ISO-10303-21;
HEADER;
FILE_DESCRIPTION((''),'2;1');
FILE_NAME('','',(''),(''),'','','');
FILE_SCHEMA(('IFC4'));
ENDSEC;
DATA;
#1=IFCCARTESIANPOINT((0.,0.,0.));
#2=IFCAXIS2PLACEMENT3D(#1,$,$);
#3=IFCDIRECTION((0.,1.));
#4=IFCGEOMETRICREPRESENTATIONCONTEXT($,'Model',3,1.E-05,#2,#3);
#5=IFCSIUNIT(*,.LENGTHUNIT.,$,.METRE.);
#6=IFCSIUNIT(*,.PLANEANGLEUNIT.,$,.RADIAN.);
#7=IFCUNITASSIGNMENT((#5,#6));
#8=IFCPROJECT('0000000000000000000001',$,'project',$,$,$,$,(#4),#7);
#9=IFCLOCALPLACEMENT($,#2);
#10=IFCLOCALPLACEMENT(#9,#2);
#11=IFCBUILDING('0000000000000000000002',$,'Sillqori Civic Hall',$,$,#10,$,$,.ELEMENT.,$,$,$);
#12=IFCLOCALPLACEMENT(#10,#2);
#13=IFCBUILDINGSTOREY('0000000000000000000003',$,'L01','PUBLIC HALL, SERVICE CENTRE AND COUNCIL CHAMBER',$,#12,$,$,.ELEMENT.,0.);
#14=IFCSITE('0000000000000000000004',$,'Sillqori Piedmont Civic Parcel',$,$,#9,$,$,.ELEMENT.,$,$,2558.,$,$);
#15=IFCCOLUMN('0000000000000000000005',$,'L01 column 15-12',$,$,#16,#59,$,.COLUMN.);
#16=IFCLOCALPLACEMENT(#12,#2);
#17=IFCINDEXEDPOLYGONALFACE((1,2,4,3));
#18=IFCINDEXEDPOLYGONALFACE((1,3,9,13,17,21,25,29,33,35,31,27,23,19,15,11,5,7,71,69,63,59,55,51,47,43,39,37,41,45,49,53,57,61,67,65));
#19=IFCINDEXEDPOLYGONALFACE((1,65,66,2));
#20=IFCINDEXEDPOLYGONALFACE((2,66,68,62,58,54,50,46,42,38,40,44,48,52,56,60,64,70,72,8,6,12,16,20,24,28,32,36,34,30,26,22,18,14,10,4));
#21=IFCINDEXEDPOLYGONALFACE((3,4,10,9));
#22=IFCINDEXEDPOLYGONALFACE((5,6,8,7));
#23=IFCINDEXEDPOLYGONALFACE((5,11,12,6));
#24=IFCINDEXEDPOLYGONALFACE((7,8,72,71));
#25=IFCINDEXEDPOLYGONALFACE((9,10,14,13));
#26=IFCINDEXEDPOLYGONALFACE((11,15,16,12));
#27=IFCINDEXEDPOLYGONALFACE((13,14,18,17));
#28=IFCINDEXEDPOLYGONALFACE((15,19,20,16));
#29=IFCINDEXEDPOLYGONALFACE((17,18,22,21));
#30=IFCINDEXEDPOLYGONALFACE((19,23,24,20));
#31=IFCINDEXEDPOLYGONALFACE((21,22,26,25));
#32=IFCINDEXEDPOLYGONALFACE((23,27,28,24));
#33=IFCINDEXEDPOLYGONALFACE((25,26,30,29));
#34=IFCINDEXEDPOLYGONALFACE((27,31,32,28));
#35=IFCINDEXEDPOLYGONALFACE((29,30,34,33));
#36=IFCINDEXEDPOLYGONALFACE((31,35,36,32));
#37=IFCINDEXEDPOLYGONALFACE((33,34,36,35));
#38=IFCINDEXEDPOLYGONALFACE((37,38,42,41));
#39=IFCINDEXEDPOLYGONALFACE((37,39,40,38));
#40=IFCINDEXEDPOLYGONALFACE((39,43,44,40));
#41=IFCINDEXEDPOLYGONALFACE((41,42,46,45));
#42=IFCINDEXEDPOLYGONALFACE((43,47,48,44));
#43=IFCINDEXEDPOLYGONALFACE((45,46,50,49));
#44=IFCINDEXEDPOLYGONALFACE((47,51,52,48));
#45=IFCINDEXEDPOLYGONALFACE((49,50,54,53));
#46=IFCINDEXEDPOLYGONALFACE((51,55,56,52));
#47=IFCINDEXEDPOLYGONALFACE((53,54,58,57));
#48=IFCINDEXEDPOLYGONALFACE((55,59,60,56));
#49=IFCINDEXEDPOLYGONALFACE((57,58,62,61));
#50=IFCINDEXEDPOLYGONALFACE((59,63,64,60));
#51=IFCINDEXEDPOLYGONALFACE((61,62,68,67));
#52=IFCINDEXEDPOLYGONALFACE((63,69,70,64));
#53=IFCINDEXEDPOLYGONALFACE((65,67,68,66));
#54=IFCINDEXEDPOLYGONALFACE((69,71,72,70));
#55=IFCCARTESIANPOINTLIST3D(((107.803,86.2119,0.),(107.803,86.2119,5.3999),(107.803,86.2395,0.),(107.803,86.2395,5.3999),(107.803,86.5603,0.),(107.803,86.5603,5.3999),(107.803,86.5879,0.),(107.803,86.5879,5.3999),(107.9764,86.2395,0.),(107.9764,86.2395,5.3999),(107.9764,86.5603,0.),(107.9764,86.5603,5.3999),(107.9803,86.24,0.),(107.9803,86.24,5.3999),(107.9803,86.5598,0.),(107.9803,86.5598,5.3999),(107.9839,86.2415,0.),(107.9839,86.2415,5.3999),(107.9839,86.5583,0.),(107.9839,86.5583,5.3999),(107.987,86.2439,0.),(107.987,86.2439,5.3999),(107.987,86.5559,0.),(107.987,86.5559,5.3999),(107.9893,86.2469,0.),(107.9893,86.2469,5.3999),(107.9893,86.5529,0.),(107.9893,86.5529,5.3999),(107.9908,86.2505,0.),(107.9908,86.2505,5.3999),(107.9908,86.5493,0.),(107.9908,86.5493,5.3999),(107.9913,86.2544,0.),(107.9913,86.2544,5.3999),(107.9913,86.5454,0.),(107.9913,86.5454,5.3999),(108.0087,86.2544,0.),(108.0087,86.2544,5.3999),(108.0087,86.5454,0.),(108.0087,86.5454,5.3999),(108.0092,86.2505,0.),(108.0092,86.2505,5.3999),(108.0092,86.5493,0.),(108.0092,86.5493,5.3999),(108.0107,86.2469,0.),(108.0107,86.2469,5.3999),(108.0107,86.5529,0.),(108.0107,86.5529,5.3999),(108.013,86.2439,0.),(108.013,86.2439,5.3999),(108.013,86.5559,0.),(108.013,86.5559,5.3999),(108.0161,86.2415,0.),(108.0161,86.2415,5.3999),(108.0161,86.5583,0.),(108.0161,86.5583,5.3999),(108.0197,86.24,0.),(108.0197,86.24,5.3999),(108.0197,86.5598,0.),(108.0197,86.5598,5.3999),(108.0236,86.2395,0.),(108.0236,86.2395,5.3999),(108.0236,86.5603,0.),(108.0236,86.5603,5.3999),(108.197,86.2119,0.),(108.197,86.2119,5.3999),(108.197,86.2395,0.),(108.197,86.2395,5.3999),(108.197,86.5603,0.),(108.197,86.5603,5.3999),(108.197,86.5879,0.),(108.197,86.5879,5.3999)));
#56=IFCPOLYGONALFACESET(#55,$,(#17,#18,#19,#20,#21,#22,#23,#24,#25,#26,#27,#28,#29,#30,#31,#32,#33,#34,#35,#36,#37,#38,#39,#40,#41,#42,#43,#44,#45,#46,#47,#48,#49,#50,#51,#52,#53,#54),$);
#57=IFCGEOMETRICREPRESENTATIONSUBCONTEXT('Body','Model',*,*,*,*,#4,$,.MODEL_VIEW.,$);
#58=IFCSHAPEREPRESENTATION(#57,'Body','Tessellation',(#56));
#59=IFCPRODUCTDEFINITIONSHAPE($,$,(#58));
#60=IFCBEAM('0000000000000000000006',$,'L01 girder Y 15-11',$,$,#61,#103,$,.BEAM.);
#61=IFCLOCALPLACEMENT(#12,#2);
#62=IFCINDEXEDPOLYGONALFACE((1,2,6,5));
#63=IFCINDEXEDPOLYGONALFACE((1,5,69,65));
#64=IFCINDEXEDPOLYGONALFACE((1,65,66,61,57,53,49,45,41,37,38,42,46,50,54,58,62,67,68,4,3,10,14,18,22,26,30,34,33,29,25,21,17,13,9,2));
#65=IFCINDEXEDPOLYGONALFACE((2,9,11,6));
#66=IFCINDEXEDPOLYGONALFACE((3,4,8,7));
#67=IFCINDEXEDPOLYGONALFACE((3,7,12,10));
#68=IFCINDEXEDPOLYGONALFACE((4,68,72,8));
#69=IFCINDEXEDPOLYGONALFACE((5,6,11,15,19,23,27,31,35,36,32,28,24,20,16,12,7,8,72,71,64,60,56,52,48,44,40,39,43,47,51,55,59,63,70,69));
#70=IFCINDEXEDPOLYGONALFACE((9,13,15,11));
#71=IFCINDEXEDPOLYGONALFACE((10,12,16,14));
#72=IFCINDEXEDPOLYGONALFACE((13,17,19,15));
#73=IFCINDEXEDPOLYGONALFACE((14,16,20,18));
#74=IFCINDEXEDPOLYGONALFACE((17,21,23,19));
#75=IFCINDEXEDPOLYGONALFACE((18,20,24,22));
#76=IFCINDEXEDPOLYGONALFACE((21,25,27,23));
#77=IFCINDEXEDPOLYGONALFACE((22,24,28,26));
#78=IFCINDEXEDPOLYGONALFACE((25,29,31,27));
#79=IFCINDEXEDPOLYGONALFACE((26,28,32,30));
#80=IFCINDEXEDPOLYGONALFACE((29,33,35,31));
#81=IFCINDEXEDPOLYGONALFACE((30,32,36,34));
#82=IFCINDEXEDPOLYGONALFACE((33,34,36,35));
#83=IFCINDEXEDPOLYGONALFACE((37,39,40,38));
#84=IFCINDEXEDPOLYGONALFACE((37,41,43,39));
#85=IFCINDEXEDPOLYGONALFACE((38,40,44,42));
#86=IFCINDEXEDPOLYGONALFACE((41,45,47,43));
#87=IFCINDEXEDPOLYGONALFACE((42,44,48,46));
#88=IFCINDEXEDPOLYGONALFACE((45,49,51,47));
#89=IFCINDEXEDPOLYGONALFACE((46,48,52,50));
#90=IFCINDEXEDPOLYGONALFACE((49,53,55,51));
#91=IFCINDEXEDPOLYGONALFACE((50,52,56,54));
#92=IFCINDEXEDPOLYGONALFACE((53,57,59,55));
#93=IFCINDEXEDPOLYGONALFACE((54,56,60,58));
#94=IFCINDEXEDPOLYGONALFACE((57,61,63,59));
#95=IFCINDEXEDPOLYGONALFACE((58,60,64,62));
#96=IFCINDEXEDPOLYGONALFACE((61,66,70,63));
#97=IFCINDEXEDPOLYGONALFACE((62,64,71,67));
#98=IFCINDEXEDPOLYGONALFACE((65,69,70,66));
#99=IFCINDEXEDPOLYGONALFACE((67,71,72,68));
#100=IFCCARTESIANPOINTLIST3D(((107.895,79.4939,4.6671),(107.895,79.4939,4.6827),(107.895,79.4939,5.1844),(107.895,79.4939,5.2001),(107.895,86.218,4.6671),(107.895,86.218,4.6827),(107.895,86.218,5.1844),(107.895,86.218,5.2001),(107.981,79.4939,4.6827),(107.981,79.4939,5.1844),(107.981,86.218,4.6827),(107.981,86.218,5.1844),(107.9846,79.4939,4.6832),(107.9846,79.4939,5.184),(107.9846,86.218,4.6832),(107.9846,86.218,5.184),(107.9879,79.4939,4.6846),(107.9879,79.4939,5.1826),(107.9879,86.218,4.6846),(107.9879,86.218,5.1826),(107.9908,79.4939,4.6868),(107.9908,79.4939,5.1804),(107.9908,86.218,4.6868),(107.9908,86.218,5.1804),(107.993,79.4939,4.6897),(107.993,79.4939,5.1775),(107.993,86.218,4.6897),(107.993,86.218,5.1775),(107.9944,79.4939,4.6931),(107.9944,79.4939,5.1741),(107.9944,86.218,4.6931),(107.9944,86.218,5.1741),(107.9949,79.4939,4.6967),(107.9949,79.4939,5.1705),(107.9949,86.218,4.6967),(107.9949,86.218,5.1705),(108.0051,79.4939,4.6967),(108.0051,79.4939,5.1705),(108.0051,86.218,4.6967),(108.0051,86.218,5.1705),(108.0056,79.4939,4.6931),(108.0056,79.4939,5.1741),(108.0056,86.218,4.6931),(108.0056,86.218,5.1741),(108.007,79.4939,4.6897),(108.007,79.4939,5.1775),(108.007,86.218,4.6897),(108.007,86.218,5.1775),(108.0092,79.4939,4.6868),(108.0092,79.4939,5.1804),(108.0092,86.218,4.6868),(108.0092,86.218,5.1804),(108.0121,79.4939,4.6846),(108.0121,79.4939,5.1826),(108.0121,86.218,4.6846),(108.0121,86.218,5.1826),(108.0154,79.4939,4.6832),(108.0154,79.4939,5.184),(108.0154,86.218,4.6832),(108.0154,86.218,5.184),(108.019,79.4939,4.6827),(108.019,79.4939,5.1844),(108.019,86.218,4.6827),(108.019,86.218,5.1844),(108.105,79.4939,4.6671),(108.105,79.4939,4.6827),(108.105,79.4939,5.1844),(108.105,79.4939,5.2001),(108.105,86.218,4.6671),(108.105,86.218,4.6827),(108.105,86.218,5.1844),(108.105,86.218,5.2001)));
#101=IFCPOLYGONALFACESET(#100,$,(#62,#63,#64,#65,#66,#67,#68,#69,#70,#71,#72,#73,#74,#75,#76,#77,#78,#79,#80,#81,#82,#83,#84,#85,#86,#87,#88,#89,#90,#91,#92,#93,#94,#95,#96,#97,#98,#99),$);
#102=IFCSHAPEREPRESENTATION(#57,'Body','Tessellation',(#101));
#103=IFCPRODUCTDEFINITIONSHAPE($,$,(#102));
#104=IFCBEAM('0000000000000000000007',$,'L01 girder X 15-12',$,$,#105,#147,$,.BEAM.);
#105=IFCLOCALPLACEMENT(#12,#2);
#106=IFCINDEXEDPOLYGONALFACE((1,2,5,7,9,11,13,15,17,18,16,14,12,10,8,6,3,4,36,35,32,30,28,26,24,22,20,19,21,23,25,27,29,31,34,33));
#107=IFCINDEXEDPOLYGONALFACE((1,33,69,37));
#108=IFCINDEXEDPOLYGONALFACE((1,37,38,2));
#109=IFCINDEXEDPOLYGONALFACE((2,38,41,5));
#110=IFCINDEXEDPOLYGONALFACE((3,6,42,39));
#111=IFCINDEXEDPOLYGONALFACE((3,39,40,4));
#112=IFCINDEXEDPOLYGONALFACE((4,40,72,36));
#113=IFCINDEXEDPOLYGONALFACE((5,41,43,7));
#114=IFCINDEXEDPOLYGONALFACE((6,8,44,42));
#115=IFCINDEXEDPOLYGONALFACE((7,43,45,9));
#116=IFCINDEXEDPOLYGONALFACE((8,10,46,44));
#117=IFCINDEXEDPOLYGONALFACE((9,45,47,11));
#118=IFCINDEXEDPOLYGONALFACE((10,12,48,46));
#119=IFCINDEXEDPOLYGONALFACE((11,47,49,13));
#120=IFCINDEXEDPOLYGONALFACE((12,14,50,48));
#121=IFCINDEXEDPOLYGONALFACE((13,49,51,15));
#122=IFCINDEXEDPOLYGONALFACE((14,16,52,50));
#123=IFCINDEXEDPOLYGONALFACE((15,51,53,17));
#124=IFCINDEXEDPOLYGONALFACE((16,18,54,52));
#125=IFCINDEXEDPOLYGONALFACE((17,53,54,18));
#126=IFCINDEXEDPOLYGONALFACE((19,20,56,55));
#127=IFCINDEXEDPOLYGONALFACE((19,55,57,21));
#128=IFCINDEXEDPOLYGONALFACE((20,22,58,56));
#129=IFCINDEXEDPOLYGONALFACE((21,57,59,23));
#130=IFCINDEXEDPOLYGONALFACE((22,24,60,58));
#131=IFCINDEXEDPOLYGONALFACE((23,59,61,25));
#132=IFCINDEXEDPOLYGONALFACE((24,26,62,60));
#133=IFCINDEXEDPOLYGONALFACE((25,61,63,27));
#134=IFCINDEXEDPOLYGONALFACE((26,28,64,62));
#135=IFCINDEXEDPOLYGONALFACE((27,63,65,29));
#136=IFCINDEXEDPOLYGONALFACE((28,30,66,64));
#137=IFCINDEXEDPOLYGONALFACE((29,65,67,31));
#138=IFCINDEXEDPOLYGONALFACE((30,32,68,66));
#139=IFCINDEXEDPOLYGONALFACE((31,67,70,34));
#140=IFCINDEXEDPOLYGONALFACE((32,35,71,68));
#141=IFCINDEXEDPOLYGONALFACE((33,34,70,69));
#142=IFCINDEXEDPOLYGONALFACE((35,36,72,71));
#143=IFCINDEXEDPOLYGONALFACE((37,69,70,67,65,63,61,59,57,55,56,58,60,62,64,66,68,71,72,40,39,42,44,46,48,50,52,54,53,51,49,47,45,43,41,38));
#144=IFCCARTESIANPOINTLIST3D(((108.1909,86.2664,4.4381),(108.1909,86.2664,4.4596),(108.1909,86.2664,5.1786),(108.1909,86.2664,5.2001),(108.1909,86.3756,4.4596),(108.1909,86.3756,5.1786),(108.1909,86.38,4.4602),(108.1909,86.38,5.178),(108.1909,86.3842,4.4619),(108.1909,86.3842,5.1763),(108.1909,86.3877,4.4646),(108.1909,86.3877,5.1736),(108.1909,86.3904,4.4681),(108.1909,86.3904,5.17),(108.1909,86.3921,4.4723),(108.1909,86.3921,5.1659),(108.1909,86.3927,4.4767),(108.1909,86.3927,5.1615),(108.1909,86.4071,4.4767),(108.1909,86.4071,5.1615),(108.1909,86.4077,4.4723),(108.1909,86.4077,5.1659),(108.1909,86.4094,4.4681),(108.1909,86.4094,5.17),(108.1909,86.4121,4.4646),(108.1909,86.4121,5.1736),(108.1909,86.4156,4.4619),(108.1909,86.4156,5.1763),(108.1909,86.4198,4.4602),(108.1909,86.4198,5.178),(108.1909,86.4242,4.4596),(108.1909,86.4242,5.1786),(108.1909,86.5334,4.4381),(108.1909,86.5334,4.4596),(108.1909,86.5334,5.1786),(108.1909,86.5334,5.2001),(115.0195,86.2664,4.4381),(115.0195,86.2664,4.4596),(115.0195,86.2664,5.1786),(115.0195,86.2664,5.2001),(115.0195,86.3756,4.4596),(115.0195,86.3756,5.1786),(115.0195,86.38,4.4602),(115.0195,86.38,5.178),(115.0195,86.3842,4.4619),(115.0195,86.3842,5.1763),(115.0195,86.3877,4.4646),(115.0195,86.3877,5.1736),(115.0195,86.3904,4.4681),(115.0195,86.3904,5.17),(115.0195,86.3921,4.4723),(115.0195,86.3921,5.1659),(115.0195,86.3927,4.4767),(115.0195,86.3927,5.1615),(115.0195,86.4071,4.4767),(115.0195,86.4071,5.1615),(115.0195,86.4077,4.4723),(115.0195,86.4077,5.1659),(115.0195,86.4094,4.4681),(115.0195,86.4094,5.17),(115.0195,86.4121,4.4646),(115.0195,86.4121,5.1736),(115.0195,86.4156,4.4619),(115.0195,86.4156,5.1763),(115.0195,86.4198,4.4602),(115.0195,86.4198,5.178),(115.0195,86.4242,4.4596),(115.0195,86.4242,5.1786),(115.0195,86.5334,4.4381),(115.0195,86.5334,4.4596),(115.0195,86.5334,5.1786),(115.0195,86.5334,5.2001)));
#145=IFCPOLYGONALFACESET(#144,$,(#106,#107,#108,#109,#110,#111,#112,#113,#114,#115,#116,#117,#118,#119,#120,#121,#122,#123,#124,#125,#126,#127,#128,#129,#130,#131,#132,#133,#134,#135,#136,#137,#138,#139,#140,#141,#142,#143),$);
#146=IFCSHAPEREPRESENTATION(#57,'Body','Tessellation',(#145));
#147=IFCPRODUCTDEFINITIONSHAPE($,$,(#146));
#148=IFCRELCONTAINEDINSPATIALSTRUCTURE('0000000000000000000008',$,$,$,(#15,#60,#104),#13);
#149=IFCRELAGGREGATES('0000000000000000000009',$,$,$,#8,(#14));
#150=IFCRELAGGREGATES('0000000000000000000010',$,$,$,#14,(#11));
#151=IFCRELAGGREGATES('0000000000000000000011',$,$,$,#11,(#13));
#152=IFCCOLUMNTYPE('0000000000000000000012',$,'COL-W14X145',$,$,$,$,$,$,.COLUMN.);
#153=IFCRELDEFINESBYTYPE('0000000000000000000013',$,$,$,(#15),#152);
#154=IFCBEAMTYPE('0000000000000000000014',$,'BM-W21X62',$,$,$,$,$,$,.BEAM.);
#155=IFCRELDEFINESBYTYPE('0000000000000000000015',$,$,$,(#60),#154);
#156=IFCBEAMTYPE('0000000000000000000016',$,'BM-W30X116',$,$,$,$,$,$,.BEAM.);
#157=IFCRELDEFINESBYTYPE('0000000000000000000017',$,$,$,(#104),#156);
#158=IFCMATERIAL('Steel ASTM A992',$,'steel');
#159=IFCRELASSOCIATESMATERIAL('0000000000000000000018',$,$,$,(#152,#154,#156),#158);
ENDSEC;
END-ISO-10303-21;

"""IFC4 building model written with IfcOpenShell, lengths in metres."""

from ifc_helpers import new_model, si_unit, direction, frame, origin, origin_2d, place, context, subcontext, project, spatial, i_section, extrude, material, material_profile, profile_set, type_object, element, save


model = new_model("IFC4")

# Units and contexts
model_context = context("Model", 3, precision=1e-05, world=origin(), true_north=direction((0.0, 1.0)))
body_context = subcontext(model_context, "Body", "Model", "MODEL_VIEW")
ifc_project = project(units=[si_unit("LENGTHUNIT", "METRE"), si_unit("PLANEANGLEUNIT", "RADIAN")], contexts=[model_context])

# Site, building, storey
site_placement = place(None, origin())
site = spatial("IfcSite", under=ifc_project, at=site_placement, Name="Sillqori Piedmont Civic Parcel", CompositionType="ELEMENT", RefElevation=2558.0)
building_placement = place(site_placement, origin())
building = spatial("IfcBuilding", under=site, at=building_placement, Name="Sillqori Civic Hall", CompositionType="ELEMENT")
storey_placement = place(building_placement, origin())
storey = spatial("IfcBuildingStorey", under=building, at=storey_placement, Name="L01", Description="PUBLIC HALL, SERVICE CENTRE AND COUNCIL CHAMBER", CompositionType="ELEMENT", Elevation=0.0)

# Column
ifc_material_1 = material(Name="Steel ASTM A992", Category="steel")
ifc_material_profile_1 = material_profile(ifc_material_1, i_section(OverallWidth=0.394, OverallDepth=0.376, WebThickness=0.0173, FlangeThickness=0.0276, FilletRadius=0.0149, at=origin_2d()), Name="W14X145")
ifc_profile_set_1 = profile_set([ifc_material_profile_1], Name="Steel ASTM A992")
column_type = type_object("IfcColumnType", Name="COL-W14X145", PredefinedType="COLUMN", material=ifc_profile_set_1)
column_placement = place(storey_placement, frame((108.0, 86.3999, 0.0), z_axis=(0.0, 0.0, 1.0), x_axis=(1.0, 0.0, 0.0)))
element("IfcColumn", 1, at=column_placement, inside=storey, type_object=column_type, Name="L01 column 15-12", PredefinedType="COLUMN", context=body_context, shape_type="SweptSolid", body=[
    extrude(i_section(OverallWidth=0.394, OverallDepth=0.376, WebThickness=0.0173, FlangeThickness=0.0276, FilletRadius=0.0149, at=origin_2d()), origin(), (0.0, 0.0, 1.0), 5.3999),
])

# Beams
ifc_material_profile_2 = material_profile(ifc_material_1, i_section(OverallWidth=0.21, OverallDepth=0.533, WebThickness=0.0103, FlangeThickness=0.0156, FilletRadius=0.0139, at=origin_2d()), Name="W21X62")
ifc_profile_set_2 = profile_set([ifc_material_profile_2], Name="Steel ASTM A992")
beam_type_1 = type_object("IfcBeamType", Name="BM-W21X62", PredefinedType="BEAM", material=ifc_profile_set_2)
beam_1_placement = place(storey_placement, frame((108.0, 79.4939, 4.9336), z_axis=(0.0, 1.0, 0.0), x_axis=(-1.0, 0.0, 0.0)))
element("IfcBeam", 2, at=beam_1_placement, inside=storey, type_object=beam_type_1, Name="L01 girder Y 15-11", PredefinedType="BEAM", context=body_context, shape_type="SweptSolid", body=[
    extrude(i_section(OverallWidth=0.21, OverallDepth=0.533, WebThickness=0.0103, FlangeThickness=0.0156, FilletRadius=0.0139, at=origin_2d()), origin(), (0.0, 0.0, 1.0), 6.7241),
])
ifc_material_profile_3 = material_profile(ifc_material_1, i_section(OverallWidth=0.2671, OverallDepth=0.762, WebThickness=0.0144, FlangeThickness=0.0215, FilletRadius=0.0171, at=origin_2d()), Name="W30X116")
ifc_profile_set_3 = profile_set([ifc_material_profile_3], Name="Steel ASTM A992")
beam_type_2 = type_object("IfcBeamType", Name="BM-W30X116", PredefinedType="BEAM", material=ifc_profile_set_3)
beam_2_placement = place(storey_placement, frame((108.1909, 86.3999, 4.8191), z_axis=(1.0, 0.0, 0.0), x_axis=(0.0, 1.0, 0.0)))
element("IfcBeam", 3, at=beam_2_placement, inside=storey, type_object=beam_type_2, Name="L01 girder X 15-12", PredefinedType="BEAM", context=body_context, shape_type="SweptSolid", body=[
    extrude(i_section(OverallWidth=0.2671, OverallDepth=0.762, WebThickness=0.0144, FlangeThickness=0.0215, FilletRadius=0.0171, at=origin_2d()), origin(), (0.0, 0.0, 1.0), 6.8286),
])

save(model, "model.ifc")
